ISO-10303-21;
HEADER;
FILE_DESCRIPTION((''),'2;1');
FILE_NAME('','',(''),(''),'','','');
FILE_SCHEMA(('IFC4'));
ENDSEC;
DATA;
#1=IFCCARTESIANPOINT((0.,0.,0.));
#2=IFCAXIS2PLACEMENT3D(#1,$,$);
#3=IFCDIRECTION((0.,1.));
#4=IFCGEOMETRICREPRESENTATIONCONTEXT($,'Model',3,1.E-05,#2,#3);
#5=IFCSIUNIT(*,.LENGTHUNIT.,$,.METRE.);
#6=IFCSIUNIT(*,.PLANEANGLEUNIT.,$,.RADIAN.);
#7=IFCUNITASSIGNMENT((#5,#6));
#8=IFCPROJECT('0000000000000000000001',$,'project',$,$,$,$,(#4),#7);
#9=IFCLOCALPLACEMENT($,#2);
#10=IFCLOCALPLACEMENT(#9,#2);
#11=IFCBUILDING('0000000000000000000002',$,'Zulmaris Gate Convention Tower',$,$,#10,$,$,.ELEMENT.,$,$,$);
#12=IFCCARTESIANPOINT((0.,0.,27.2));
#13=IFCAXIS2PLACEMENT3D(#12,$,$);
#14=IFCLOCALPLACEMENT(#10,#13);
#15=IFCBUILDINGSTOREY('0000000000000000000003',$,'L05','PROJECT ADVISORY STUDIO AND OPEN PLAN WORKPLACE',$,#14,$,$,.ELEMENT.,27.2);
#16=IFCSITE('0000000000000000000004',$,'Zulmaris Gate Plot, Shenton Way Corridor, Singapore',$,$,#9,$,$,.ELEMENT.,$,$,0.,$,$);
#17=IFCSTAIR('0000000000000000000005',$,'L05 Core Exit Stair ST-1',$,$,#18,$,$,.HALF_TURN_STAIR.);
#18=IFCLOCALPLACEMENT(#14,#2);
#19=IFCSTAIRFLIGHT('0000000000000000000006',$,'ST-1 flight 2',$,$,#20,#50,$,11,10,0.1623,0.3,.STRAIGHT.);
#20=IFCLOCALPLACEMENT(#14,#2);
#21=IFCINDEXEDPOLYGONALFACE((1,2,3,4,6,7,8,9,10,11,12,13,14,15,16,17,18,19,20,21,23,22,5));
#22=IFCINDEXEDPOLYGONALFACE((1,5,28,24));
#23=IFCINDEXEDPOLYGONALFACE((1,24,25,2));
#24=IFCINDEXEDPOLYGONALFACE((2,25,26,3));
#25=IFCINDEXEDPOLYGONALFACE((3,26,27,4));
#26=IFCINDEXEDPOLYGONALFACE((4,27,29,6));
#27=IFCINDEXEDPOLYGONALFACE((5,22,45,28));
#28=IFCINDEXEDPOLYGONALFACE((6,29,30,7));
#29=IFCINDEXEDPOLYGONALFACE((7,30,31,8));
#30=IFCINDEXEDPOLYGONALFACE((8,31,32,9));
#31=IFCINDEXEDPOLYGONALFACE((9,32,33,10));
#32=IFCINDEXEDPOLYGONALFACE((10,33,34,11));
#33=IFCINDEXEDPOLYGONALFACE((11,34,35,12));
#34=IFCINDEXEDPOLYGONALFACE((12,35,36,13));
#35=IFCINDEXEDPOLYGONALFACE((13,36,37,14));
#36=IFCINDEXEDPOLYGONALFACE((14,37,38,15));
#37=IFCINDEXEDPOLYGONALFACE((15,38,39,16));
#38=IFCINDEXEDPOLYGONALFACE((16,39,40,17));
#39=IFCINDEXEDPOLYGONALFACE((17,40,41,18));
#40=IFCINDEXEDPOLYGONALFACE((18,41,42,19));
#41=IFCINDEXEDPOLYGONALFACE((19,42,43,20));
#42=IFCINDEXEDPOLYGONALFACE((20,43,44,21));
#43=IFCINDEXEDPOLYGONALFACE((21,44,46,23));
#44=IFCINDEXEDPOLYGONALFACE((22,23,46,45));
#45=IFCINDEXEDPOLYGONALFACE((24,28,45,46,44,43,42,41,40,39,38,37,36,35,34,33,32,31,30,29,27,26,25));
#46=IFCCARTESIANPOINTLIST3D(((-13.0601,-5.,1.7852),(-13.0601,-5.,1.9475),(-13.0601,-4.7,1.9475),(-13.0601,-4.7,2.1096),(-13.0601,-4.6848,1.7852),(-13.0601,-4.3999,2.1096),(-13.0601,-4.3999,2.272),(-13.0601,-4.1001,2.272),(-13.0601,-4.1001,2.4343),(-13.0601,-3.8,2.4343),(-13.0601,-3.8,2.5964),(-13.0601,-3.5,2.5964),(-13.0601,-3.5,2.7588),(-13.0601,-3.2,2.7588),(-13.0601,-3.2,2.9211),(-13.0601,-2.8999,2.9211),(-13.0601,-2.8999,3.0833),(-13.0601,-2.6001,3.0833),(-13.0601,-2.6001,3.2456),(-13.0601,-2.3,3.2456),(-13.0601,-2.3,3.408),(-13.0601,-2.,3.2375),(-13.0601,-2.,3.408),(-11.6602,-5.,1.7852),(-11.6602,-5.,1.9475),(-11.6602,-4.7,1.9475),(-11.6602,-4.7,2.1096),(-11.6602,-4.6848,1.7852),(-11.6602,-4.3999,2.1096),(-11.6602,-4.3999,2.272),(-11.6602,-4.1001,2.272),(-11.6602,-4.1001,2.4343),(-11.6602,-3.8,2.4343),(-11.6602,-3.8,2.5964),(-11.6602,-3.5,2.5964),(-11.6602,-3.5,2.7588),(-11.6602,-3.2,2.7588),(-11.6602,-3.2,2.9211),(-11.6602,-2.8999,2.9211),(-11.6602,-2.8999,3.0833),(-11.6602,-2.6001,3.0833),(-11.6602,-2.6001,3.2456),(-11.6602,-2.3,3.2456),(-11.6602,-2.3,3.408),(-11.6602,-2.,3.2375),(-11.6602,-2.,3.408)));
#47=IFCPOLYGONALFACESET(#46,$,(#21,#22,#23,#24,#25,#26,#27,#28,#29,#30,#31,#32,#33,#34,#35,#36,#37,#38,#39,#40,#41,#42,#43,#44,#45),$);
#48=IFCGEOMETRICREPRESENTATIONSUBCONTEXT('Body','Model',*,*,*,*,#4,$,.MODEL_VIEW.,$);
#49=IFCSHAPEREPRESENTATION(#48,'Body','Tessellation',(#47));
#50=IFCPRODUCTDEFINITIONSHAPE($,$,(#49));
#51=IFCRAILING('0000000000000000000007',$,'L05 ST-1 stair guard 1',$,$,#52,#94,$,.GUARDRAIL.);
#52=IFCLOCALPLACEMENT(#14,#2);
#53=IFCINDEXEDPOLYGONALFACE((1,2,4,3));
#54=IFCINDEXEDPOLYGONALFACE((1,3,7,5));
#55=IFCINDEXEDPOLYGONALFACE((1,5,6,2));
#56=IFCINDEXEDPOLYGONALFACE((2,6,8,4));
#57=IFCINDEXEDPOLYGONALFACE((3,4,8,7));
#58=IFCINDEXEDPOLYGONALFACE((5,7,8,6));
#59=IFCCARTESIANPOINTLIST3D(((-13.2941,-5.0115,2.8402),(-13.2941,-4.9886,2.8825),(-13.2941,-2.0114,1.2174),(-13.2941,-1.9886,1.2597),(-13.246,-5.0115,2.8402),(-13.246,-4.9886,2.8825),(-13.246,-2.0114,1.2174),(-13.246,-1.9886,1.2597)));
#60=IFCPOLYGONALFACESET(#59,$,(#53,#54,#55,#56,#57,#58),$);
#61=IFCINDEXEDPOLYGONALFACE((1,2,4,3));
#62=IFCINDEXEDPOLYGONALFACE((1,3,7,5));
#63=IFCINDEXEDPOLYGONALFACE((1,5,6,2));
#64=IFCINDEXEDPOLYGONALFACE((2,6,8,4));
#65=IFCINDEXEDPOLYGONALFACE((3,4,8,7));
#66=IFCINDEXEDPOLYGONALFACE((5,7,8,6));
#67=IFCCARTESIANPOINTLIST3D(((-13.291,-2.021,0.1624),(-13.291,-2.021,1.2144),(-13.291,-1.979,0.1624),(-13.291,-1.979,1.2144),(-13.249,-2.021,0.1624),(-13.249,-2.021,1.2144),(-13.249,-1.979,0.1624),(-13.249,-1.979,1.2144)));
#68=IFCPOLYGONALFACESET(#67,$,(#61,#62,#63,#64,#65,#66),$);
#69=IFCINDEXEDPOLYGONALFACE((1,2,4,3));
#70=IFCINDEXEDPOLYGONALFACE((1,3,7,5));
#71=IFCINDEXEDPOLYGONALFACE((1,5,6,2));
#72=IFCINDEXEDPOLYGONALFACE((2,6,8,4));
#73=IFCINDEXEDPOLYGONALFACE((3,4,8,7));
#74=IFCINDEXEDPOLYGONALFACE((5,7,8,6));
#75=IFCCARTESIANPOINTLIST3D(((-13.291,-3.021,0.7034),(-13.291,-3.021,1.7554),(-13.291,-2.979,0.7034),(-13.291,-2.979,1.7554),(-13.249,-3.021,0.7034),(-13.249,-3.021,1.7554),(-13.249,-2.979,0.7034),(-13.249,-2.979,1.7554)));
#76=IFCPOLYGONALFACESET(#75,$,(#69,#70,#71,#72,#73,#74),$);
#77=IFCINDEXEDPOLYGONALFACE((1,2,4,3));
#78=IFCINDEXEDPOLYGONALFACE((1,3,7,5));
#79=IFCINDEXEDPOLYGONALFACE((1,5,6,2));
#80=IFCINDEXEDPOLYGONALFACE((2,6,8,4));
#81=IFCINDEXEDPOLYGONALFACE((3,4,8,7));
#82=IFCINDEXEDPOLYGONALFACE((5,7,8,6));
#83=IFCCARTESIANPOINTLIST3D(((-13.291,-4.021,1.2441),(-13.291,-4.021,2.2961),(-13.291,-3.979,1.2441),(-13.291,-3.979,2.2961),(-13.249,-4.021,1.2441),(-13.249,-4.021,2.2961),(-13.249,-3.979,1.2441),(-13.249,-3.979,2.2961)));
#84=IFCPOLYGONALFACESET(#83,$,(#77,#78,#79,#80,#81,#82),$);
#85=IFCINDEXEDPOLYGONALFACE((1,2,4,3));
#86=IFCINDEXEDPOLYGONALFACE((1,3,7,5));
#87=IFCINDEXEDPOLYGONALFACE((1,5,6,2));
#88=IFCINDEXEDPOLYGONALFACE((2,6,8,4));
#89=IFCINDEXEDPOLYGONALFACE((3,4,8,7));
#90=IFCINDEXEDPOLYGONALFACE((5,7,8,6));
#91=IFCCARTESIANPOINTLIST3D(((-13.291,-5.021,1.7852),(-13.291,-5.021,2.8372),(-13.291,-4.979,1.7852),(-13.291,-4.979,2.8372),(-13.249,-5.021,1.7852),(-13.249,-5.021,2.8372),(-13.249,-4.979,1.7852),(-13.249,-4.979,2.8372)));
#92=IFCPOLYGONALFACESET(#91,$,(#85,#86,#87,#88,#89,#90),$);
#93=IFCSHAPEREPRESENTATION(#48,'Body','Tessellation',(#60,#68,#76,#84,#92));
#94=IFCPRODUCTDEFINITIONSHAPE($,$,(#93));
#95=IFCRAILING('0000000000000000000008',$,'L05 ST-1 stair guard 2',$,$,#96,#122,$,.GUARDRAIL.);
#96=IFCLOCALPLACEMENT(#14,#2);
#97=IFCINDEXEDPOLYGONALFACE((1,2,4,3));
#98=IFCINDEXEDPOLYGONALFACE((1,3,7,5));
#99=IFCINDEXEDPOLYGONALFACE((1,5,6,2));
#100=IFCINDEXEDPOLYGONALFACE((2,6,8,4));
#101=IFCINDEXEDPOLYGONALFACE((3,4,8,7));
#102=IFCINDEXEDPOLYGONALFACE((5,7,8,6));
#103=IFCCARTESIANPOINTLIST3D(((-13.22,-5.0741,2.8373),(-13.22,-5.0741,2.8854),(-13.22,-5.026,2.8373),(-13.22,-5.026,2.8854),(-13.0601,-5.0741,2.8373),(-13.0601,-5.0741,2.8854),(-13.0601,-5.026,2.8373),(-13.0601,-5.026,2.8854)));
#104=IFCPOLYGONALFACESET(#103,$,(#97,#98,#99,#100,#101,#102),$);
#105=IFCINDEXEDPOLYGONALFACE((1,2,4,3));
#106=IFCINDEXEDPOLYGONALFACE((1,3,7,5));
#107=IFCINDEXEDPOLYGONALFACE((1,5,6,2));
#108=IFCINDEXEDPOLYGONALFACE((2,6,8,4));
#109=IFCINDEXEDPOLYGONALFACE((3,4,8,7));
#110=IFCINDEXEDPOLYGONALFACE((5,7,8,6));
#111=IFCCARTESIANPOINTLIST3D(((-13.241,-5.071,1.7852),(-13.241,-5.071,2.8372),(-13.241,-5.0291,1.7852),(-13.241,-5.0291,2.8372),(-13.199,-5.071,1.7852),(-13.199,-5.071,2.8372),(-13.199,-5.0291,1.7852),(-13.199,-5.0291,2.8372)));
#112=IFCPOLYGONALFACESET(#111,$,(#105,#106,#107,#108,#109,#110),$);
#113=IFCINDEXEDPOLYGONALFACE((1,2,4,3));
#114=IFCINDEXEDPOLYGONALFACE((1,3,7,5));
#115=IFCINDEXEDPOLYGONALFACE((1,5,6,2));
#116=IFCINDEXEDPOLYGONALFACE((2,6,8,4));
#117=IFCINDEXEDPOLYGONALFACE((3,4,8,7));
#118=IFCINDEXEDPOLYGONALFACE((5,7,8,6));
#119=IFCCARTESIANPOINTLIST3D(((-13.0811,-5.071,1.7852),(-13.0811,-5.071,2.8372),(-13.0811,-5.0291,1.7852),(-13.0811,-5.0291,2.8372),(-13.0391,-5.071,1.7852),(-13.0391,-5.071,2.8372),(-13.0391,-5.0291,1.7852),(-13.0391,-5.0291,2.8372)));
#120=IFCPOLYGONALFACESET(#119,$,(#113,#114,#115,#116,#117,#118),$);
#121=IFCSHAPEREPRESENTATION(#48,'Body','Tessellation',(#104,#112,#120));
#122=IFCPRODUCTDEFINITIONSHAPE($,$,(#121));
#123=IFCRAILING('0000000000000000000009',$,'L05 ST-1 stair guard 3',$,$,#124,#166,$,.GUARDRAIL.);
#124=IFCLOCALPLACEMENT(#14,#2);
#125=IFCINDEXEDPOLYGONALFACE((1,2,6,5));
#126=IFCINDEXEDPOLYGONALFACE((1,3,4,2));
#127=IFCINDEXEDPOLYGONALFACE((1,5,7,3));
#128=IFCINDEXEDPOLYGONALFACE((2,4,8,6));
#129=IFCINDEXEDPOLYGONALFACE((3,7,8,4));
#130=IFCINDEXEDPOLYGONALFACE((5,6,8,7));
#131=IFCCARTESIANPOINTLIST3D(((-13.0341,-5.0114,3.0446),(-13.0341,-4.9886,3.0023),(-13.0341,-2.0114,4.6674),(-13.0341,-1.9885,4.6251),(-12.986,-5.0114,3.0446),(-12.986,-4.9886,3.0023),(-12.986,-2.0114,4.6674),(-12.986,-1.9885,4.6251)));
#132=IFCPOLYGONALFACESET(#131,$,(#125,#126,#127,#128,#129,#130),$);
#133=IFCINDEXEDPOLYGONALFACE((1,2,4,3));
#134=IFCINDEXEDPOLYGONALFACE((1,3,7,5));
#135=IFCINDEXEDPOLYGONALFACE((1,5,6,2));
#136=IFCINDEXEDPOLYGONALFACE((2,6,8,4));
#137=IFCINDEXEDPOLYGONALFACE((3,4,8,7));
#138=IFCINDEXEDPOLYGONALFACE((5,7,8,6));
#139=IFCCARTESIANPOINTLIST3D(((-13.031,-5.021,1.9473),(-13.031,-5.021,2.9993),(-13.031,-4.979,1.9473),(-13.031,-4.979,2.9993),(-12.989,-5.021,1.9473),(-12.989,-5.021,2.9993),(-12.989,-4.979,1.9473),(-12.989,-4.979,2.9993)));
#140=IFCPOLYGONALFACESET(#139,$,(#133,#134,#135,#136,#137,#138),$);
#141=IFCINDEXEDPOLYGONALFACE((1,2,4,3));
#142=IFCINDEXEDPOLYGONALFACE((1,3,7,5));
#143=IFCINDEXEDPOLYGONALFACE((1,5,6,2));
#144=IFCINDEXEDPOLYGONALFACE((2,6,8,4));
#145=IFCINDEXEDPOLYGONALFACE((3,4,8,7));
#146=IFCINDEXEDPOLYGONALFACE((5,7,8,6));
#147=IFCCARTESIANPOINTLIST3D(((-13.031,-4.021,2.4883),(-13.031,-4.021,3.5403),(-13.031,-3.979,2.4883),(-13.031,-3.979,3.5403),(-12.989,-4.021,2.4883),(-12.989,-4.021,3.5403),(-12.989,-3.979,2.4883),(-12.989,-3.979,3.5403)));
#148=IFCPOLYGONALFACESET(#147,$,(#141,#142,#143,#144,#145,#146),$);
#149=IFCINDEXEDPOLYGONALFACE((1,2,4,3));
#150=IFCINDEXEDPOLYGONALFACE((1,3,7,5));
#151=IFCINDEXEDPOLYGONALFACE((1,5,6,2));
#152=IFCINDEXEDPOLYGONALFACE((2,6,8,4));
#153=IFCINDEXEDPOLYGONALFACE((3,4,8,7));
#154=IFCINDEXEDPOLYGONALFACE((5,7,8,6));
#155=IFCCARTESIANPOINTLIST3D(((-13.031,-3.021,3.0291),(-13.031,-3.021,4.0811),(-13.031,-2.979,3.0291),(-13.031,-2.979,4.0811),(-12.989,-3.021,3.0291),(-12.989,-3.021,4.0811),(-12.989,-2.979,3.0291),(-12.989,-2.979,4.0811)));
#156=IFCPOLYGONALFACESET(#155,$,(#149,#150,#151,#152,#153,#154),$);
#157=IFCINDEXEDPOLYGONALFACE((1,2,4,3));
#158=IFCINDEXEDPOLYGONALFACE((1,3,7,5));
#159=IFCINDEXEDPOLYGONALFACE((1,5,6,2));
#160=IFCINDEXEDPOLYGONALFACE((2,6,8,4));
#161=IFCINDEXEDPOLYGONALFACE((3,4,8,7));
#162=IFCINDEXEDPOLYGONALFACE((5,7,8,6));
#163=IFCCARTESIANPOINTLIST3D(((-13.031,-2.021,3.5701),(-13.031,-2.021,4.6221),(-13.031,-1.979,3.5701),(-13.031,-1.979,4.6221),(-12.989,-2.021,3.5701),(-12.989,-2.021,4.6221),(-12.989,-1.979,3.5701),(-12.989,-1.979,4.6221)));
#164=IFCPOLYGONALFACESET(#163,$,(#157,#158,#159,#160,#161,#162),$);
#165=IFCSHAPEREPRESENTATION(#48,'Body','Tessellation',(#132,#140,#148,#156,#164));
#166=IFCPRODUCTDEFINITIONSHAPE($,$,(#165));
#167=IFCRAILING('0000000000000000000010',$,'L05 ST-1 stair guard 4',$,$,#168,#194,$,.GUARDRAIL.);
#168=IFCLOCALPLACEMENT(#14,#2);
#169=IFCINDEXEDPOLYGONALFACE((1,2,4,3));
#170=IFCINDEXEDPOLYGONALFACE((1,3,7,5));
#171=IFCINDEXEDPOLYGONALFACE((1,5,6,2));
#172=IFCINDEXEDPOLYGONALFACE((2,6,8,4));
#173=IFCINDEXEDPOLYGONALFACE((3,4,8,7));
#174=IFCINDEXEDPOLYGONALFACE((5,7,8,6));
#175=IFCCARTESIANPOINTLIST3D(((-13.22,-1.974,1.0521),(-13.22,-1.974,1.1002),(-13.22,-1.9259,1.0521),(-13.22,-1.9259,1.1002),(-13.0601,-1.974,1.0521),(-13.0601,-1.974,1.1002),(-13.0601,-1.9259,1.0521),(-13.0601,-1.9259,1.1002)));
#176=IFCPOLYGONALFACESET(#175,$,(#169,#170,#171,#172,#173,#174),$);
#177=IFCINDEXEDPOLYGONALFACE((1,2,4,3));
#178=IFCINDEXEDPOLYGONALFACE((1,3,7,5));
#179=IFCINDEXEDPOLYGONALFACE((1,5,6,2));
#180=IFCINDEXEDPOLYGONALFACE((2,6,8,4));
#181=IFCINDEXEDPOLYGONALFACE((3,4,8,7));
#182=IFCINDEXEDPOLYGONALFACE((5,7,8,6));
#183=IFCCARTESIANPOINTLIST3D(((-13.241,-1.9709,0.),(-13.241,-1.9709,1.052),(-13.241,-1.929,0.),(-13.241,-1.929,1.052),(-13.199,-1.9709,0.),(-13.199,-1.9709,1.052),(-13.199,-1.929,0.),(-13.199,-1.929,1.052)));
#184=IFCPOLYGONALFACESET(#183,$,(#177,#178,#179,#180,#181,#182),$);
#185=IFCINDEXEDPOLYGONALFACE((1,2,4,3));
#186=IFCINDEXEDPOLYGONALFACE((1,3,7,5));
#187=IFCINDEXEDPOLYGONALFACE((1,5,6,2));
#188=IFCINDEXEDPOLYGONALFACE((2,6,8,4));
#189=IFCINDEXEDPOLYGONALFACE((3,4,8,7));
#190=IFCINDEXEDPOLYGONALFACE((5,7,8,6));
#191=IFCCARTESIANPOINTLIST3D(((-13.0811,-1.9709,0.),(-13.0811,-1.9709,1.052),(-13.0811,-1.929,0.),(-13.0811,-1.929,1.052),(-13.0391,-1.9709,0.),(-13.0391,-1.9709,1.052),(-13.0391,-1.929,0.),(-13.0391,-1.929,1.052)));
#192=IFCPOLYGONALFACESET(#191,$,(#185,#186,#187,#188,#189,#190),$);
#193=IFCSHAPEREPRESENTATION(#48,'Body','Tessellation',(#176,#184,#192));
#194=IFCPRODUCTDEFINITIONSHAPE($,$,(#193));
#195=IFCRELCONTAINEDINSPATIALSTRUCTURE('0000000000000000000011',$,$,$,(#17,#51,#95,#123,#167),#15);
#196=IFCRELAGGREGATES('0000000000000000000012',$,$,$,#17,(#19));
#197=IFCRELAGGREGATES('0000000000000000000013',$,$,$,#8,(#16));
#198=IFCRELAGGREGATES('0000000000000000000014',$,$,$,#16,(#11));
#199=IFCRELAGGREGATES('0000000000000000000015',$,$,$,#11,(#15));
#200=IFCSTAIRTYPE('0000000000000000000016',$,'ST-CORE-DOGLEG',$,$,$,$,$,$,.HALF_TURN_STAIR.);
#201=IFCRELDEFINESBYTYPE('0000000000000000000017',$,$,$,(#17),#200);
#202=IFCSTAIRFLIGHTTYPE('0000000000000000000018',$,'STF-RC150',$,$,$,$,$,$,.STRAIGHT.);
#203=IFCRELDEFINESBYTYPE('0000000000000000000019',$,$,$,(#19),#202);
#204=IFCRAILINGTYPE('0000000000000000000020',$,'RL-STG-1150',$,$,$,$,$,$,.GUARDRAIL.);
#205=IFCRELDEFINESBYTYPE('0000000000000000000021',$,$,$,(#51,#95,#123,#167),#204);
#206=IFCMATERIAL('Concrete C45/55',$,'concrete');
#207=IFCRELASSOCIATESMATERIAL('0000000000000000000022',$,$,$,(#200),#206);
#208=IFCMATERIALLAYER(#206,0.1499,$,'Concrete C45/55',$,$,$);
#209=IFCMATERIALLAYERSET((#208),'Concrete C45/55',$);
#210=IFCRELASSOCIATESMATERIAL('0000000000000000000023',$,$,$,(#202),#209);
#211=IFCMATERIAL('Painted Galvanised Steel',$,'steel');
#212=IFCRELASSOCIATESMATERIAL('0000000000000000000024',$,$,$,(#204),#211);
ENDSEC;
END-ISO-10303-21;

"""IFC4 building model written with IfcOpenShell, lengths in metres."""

from ifc_helpers import new_model, si_unit, direction, frame, origin, origin_2d, place, context, subcontext, project, spatial, polyline, rectangle, outline, extrude, material, layer, layer_set, type_object, element, aggregate, save


model = new_model("IFC4")

# Units and contexts
model_context = context("Model", 3, precision=1e-05, world=origin(), true_north=direction((0.0, 1.0)))
body_context = subcontext(model_context, "Body", "Model", "MODEL_VIEW")
ifc_project = project(units=[si_unit("LENGTHUNIT", "METRE"), si_unit("PLANEANGLEUNIT", "RADIAN")], contexts=[model_context])

# Site, building, storey
site_placement = place(None, origin())
site = spatial("IfcSite", under=ifc_project, at=site_placement, Name="Zulmaris Gate Plot, Shenton Way Corridor, Singapore", CompositionType="ELEMENT", RefElevation=0.0)
building_placement = place(site_placement, origin())
building = spatial("IfcBuilding", under=site, at=building_placement, Name="Zulmaris Gate Convention Tower", CompositionType="ELEMENT")
storey_placement = place(building_placement, frame((0.0, 0.0, 27.2)))
storey = spatial("IfcBuildingStorey", under=building, at=storey_placement, Name="L05", Description="PROJECT ADVISORY STUDIO AND OPEN PLAN WORKPLACE", CompositionType="ELEMENT", Elevation=27.2)

# Stair, stair flight
ifc_material_1 = material(Name="Concrete C45/55", Category="concrete")
stair_type = type_object("IfcStairType", Name="ST-CORE-DOGLEG", PredefinedType="HALF_TURN_STAIR", material=ifc_material_1)
stair_placement = place(storey_placement, origin())
stair = element("IfcStair", 1, at=stair_placement, inside=storey, type_object=stair_type, Name="L05 Core Exit Stair ST-1", PredefinedType="HALF_TURN_STAIR")
ifc_layer_1 = layer(ifc_material_1, 0.1499, Name="Concrete C45/55")
ifc_layer_set_1 = layer_set([ifc_layer_1], Name="Concrete C45/55")
stair_flight_type = type_object("IfcStairFlightType", Name="STF-RC150", PredefinedType="STRAIGHT", material=ifc_layer_set_1)
stair_flight_1_placement = place(storey_placement, frame((-12.3601, -5.0, 1.7852), z_axis=(0.0, 0.0, 1.0), x_axis=(0.0, 1.0, 0.0)))
stair_flight_1 = element("IfcStairFlight", 2, at=stair_flight_1_placement, type_object=stair_flight_type, Name="ST-1 flight 2", NumberOfRisers=11, NumberOfTreads=10, PredefinedType="STRAIGHT", RiserHeight=0.1623, TreadLength=0.3, context=body_context, shape_type="SweptSolid", body=[
    extrude(outline(polyline([(0.0, 0.0), (0.0, 0.1624), (0.3, 0.1624), (0.3, 0.3245), (0.6001, 0.3245), (0.6001, 0.4868), (0.8999, 0.4868), (0.8999, 0.6492), (1.2, 0.6492), (1.2, 0.8113), (1.5, 0.8113), (1.5, 0.9736), (1.8, 0.9736), (1.8, 1.136), (2.1001, 1.136), (2.1001, 1.2981), (2.3999, 1.2981), (2.3999, 1.4604), (2.7, 1.4604), (2.7, 1.6228), (3.0, 1.6228), (3.0, 1.7849), (3.0, 1.4524), (0.3152, 0.0), (0.0, 0.0)])), frame((0.0, 0.7, 0.0), z_axis=(0.0, -1.0, 0.0), x_axis=(1.0, 0.0, 0.0)), (0.0, 0.0, 1.0), 1.3999),
])
aggregate(stair, [stair_flight_1])

# Railings
ifc_material_2 = material(Name="Painted Galvanised Steel", Category="steel")
railing_type_1 = type_object("IfcRailingType", Name="RL-STG-1150", PredefinedType="GUARDRAIL", material=ifc_material_2)
railing_1_placement = place(storey_placement, frame((-13.27, -2.0, 0.1624)))
element("IfcRailing", 3, at=railing_1_placement, inside=storey, type_object=railing_type_1, Name="L05 ST-1 stair guard 1", PredefinedType="GUARDRAIL", context=body_context, shape_type="SweptSolid", body=[
    extrude(rectangle(XDim=0.0481, YDim=0.0481, at=origin_2d()), frame((0.0, 0.0, 1.0762), z_axis=(0.0, -0.879562, 0.475785), x_axis=(1.0, 0.0, 0.0)), (0.0, 0.0, 1.0), 3.4109),
    extrude(rectangle(XDim=0.042, YDim=0.042, at=origin_2d()), origin(), (0.0, 0.0, 1.0), 1.052),
    extrude(rectangle(XDim=0.042, YDim=0.042, at=origin_2d()), frame((0.0, -1.0, 0.541)), (0.0, 0.0, 1.0), 1.052),
    extrude(rectangle(XDim=0.042, YDim=0.042, at=origin_2d()), frame((0.0, -2.0, 1.0818)), (0.0, 0.0, 1.0), 1.052),
    extrude(rectangle(XDim=0.042, YDim=0.042, at=origin_2d()), frame((0.0, -3.0, 1.6228)), (0.0, 0.0, 1.0), 1.052),
])
railing_2_placement = place(storey_placement, frame((-13.22, -5.05, 1.7852)))
element("IfcRailing", 4, at=railing_2_placement, inside=storey, type_object=railing_type_1, Name="L05 ST-1 stair guard 2", PredefinedType="GUARDRAIL", context=body_context, shape_type="SweptSolid", body=[
    extrude(rectangle(XDim=0.0481, YDim=0.0481, at=origin_2d()), frame((0.0, 0.0, 1.0762), z_axis=(1.0, 0.0, 0.0), x_axis=(0.0, 1.0, 0.0)), (0.0, 0.0, 1.0), 0.1599),
    extrude(rectangle(XDim=0.042, YDim=0.042, at=origin_2d()), origin(), (0.0, 0.0, 1.0), 1.052),
    extrude(rectangle(XDim=0.042, YDim=0.042, at=origin_2d()), frame((0.1599, 0.0, 0.0)), (0.0, 0.0, 1.0), 1.052),
])
railing_3_placement = place(storey_placement, frame((-13.01, -5.0, 1.9473)))
element("IfcRailing", 5, at=railing_3_placement, inside=storey, type_object=railing_type_1, Name="L05 ST-1 stair guard 3", PredefinedType="GUARDRAIL", context=body_context, shape_type="SweptSolid", body=[
    extrude(rectangle(XDim=0.0481, YDim=0.0481, at=origin_2d()), frame((0.0, 0.0, 1.0762), z_axis=(0.0, 0.879562, 0.475785), x_axis=(-1.0, 0.0, 0.0)), (0.0, 0.0, 1.0), 3.4109),
    extrude(rectangle(XDim=0.042, YDim=0.042, at=origin_2d()), origin(), (0.0, 0.0, 1.0), 1.052),
    extrude(rectangle(XDim=0.042, YDim=0.042, at=origin_2d()), frame((0.0, 1.0, 0.541)), (0.0, 0.0, 1.0), 1.052),
    extrude(rectangle(XDim=0.042, YDim=0.042, at=origin_2d()), frame((0.0, 2.0, 1.0818)), (0.0, 0.0, 1.0), 1.052),
    extrude(rectangle(XDim=0.042, YDim=0.042, at=origin_2d()), frame((0.0, 3.0, 1.6228)), (0.0, 0.0, 1.0), 1.052),
])
railing_4_placement = place(storey_placement, frame((-13.22, -1.95, 0.0)))
element("IfcRailing", 6, at=railing_4_placement, inside=storey, type_object=railing_type_1, Name="L05 ST-1 stair guard 4", PredefinedType="GUARDRAIL", context=body_context, shape_type="SweptSolid", body=[
    extrude(rectangle(XDim=0.0481, YDim=0.0481, at=origin_2d()), frame((0.0, 0.0, 1.0762), z_axis=(1.0, 0.0, 0.0), x_axis=(0.0, 1.0, 0.0)), (0.0, 0.0, 1.0), 0.1599),
    extrude(rectangle(XDim=0.042, YDim=0.042, at=origin_2d()), origin(), (0.0, 0.0, 1.0), 1.052),
    extrude(rectangle(XDim=0.042, YDim=0.042, at=origin_2d()), frame((0.1599, 0.0, 0.0)), (0.0, 0.0, 1.0), 1.052),
])

save(model, "model.ifc")
